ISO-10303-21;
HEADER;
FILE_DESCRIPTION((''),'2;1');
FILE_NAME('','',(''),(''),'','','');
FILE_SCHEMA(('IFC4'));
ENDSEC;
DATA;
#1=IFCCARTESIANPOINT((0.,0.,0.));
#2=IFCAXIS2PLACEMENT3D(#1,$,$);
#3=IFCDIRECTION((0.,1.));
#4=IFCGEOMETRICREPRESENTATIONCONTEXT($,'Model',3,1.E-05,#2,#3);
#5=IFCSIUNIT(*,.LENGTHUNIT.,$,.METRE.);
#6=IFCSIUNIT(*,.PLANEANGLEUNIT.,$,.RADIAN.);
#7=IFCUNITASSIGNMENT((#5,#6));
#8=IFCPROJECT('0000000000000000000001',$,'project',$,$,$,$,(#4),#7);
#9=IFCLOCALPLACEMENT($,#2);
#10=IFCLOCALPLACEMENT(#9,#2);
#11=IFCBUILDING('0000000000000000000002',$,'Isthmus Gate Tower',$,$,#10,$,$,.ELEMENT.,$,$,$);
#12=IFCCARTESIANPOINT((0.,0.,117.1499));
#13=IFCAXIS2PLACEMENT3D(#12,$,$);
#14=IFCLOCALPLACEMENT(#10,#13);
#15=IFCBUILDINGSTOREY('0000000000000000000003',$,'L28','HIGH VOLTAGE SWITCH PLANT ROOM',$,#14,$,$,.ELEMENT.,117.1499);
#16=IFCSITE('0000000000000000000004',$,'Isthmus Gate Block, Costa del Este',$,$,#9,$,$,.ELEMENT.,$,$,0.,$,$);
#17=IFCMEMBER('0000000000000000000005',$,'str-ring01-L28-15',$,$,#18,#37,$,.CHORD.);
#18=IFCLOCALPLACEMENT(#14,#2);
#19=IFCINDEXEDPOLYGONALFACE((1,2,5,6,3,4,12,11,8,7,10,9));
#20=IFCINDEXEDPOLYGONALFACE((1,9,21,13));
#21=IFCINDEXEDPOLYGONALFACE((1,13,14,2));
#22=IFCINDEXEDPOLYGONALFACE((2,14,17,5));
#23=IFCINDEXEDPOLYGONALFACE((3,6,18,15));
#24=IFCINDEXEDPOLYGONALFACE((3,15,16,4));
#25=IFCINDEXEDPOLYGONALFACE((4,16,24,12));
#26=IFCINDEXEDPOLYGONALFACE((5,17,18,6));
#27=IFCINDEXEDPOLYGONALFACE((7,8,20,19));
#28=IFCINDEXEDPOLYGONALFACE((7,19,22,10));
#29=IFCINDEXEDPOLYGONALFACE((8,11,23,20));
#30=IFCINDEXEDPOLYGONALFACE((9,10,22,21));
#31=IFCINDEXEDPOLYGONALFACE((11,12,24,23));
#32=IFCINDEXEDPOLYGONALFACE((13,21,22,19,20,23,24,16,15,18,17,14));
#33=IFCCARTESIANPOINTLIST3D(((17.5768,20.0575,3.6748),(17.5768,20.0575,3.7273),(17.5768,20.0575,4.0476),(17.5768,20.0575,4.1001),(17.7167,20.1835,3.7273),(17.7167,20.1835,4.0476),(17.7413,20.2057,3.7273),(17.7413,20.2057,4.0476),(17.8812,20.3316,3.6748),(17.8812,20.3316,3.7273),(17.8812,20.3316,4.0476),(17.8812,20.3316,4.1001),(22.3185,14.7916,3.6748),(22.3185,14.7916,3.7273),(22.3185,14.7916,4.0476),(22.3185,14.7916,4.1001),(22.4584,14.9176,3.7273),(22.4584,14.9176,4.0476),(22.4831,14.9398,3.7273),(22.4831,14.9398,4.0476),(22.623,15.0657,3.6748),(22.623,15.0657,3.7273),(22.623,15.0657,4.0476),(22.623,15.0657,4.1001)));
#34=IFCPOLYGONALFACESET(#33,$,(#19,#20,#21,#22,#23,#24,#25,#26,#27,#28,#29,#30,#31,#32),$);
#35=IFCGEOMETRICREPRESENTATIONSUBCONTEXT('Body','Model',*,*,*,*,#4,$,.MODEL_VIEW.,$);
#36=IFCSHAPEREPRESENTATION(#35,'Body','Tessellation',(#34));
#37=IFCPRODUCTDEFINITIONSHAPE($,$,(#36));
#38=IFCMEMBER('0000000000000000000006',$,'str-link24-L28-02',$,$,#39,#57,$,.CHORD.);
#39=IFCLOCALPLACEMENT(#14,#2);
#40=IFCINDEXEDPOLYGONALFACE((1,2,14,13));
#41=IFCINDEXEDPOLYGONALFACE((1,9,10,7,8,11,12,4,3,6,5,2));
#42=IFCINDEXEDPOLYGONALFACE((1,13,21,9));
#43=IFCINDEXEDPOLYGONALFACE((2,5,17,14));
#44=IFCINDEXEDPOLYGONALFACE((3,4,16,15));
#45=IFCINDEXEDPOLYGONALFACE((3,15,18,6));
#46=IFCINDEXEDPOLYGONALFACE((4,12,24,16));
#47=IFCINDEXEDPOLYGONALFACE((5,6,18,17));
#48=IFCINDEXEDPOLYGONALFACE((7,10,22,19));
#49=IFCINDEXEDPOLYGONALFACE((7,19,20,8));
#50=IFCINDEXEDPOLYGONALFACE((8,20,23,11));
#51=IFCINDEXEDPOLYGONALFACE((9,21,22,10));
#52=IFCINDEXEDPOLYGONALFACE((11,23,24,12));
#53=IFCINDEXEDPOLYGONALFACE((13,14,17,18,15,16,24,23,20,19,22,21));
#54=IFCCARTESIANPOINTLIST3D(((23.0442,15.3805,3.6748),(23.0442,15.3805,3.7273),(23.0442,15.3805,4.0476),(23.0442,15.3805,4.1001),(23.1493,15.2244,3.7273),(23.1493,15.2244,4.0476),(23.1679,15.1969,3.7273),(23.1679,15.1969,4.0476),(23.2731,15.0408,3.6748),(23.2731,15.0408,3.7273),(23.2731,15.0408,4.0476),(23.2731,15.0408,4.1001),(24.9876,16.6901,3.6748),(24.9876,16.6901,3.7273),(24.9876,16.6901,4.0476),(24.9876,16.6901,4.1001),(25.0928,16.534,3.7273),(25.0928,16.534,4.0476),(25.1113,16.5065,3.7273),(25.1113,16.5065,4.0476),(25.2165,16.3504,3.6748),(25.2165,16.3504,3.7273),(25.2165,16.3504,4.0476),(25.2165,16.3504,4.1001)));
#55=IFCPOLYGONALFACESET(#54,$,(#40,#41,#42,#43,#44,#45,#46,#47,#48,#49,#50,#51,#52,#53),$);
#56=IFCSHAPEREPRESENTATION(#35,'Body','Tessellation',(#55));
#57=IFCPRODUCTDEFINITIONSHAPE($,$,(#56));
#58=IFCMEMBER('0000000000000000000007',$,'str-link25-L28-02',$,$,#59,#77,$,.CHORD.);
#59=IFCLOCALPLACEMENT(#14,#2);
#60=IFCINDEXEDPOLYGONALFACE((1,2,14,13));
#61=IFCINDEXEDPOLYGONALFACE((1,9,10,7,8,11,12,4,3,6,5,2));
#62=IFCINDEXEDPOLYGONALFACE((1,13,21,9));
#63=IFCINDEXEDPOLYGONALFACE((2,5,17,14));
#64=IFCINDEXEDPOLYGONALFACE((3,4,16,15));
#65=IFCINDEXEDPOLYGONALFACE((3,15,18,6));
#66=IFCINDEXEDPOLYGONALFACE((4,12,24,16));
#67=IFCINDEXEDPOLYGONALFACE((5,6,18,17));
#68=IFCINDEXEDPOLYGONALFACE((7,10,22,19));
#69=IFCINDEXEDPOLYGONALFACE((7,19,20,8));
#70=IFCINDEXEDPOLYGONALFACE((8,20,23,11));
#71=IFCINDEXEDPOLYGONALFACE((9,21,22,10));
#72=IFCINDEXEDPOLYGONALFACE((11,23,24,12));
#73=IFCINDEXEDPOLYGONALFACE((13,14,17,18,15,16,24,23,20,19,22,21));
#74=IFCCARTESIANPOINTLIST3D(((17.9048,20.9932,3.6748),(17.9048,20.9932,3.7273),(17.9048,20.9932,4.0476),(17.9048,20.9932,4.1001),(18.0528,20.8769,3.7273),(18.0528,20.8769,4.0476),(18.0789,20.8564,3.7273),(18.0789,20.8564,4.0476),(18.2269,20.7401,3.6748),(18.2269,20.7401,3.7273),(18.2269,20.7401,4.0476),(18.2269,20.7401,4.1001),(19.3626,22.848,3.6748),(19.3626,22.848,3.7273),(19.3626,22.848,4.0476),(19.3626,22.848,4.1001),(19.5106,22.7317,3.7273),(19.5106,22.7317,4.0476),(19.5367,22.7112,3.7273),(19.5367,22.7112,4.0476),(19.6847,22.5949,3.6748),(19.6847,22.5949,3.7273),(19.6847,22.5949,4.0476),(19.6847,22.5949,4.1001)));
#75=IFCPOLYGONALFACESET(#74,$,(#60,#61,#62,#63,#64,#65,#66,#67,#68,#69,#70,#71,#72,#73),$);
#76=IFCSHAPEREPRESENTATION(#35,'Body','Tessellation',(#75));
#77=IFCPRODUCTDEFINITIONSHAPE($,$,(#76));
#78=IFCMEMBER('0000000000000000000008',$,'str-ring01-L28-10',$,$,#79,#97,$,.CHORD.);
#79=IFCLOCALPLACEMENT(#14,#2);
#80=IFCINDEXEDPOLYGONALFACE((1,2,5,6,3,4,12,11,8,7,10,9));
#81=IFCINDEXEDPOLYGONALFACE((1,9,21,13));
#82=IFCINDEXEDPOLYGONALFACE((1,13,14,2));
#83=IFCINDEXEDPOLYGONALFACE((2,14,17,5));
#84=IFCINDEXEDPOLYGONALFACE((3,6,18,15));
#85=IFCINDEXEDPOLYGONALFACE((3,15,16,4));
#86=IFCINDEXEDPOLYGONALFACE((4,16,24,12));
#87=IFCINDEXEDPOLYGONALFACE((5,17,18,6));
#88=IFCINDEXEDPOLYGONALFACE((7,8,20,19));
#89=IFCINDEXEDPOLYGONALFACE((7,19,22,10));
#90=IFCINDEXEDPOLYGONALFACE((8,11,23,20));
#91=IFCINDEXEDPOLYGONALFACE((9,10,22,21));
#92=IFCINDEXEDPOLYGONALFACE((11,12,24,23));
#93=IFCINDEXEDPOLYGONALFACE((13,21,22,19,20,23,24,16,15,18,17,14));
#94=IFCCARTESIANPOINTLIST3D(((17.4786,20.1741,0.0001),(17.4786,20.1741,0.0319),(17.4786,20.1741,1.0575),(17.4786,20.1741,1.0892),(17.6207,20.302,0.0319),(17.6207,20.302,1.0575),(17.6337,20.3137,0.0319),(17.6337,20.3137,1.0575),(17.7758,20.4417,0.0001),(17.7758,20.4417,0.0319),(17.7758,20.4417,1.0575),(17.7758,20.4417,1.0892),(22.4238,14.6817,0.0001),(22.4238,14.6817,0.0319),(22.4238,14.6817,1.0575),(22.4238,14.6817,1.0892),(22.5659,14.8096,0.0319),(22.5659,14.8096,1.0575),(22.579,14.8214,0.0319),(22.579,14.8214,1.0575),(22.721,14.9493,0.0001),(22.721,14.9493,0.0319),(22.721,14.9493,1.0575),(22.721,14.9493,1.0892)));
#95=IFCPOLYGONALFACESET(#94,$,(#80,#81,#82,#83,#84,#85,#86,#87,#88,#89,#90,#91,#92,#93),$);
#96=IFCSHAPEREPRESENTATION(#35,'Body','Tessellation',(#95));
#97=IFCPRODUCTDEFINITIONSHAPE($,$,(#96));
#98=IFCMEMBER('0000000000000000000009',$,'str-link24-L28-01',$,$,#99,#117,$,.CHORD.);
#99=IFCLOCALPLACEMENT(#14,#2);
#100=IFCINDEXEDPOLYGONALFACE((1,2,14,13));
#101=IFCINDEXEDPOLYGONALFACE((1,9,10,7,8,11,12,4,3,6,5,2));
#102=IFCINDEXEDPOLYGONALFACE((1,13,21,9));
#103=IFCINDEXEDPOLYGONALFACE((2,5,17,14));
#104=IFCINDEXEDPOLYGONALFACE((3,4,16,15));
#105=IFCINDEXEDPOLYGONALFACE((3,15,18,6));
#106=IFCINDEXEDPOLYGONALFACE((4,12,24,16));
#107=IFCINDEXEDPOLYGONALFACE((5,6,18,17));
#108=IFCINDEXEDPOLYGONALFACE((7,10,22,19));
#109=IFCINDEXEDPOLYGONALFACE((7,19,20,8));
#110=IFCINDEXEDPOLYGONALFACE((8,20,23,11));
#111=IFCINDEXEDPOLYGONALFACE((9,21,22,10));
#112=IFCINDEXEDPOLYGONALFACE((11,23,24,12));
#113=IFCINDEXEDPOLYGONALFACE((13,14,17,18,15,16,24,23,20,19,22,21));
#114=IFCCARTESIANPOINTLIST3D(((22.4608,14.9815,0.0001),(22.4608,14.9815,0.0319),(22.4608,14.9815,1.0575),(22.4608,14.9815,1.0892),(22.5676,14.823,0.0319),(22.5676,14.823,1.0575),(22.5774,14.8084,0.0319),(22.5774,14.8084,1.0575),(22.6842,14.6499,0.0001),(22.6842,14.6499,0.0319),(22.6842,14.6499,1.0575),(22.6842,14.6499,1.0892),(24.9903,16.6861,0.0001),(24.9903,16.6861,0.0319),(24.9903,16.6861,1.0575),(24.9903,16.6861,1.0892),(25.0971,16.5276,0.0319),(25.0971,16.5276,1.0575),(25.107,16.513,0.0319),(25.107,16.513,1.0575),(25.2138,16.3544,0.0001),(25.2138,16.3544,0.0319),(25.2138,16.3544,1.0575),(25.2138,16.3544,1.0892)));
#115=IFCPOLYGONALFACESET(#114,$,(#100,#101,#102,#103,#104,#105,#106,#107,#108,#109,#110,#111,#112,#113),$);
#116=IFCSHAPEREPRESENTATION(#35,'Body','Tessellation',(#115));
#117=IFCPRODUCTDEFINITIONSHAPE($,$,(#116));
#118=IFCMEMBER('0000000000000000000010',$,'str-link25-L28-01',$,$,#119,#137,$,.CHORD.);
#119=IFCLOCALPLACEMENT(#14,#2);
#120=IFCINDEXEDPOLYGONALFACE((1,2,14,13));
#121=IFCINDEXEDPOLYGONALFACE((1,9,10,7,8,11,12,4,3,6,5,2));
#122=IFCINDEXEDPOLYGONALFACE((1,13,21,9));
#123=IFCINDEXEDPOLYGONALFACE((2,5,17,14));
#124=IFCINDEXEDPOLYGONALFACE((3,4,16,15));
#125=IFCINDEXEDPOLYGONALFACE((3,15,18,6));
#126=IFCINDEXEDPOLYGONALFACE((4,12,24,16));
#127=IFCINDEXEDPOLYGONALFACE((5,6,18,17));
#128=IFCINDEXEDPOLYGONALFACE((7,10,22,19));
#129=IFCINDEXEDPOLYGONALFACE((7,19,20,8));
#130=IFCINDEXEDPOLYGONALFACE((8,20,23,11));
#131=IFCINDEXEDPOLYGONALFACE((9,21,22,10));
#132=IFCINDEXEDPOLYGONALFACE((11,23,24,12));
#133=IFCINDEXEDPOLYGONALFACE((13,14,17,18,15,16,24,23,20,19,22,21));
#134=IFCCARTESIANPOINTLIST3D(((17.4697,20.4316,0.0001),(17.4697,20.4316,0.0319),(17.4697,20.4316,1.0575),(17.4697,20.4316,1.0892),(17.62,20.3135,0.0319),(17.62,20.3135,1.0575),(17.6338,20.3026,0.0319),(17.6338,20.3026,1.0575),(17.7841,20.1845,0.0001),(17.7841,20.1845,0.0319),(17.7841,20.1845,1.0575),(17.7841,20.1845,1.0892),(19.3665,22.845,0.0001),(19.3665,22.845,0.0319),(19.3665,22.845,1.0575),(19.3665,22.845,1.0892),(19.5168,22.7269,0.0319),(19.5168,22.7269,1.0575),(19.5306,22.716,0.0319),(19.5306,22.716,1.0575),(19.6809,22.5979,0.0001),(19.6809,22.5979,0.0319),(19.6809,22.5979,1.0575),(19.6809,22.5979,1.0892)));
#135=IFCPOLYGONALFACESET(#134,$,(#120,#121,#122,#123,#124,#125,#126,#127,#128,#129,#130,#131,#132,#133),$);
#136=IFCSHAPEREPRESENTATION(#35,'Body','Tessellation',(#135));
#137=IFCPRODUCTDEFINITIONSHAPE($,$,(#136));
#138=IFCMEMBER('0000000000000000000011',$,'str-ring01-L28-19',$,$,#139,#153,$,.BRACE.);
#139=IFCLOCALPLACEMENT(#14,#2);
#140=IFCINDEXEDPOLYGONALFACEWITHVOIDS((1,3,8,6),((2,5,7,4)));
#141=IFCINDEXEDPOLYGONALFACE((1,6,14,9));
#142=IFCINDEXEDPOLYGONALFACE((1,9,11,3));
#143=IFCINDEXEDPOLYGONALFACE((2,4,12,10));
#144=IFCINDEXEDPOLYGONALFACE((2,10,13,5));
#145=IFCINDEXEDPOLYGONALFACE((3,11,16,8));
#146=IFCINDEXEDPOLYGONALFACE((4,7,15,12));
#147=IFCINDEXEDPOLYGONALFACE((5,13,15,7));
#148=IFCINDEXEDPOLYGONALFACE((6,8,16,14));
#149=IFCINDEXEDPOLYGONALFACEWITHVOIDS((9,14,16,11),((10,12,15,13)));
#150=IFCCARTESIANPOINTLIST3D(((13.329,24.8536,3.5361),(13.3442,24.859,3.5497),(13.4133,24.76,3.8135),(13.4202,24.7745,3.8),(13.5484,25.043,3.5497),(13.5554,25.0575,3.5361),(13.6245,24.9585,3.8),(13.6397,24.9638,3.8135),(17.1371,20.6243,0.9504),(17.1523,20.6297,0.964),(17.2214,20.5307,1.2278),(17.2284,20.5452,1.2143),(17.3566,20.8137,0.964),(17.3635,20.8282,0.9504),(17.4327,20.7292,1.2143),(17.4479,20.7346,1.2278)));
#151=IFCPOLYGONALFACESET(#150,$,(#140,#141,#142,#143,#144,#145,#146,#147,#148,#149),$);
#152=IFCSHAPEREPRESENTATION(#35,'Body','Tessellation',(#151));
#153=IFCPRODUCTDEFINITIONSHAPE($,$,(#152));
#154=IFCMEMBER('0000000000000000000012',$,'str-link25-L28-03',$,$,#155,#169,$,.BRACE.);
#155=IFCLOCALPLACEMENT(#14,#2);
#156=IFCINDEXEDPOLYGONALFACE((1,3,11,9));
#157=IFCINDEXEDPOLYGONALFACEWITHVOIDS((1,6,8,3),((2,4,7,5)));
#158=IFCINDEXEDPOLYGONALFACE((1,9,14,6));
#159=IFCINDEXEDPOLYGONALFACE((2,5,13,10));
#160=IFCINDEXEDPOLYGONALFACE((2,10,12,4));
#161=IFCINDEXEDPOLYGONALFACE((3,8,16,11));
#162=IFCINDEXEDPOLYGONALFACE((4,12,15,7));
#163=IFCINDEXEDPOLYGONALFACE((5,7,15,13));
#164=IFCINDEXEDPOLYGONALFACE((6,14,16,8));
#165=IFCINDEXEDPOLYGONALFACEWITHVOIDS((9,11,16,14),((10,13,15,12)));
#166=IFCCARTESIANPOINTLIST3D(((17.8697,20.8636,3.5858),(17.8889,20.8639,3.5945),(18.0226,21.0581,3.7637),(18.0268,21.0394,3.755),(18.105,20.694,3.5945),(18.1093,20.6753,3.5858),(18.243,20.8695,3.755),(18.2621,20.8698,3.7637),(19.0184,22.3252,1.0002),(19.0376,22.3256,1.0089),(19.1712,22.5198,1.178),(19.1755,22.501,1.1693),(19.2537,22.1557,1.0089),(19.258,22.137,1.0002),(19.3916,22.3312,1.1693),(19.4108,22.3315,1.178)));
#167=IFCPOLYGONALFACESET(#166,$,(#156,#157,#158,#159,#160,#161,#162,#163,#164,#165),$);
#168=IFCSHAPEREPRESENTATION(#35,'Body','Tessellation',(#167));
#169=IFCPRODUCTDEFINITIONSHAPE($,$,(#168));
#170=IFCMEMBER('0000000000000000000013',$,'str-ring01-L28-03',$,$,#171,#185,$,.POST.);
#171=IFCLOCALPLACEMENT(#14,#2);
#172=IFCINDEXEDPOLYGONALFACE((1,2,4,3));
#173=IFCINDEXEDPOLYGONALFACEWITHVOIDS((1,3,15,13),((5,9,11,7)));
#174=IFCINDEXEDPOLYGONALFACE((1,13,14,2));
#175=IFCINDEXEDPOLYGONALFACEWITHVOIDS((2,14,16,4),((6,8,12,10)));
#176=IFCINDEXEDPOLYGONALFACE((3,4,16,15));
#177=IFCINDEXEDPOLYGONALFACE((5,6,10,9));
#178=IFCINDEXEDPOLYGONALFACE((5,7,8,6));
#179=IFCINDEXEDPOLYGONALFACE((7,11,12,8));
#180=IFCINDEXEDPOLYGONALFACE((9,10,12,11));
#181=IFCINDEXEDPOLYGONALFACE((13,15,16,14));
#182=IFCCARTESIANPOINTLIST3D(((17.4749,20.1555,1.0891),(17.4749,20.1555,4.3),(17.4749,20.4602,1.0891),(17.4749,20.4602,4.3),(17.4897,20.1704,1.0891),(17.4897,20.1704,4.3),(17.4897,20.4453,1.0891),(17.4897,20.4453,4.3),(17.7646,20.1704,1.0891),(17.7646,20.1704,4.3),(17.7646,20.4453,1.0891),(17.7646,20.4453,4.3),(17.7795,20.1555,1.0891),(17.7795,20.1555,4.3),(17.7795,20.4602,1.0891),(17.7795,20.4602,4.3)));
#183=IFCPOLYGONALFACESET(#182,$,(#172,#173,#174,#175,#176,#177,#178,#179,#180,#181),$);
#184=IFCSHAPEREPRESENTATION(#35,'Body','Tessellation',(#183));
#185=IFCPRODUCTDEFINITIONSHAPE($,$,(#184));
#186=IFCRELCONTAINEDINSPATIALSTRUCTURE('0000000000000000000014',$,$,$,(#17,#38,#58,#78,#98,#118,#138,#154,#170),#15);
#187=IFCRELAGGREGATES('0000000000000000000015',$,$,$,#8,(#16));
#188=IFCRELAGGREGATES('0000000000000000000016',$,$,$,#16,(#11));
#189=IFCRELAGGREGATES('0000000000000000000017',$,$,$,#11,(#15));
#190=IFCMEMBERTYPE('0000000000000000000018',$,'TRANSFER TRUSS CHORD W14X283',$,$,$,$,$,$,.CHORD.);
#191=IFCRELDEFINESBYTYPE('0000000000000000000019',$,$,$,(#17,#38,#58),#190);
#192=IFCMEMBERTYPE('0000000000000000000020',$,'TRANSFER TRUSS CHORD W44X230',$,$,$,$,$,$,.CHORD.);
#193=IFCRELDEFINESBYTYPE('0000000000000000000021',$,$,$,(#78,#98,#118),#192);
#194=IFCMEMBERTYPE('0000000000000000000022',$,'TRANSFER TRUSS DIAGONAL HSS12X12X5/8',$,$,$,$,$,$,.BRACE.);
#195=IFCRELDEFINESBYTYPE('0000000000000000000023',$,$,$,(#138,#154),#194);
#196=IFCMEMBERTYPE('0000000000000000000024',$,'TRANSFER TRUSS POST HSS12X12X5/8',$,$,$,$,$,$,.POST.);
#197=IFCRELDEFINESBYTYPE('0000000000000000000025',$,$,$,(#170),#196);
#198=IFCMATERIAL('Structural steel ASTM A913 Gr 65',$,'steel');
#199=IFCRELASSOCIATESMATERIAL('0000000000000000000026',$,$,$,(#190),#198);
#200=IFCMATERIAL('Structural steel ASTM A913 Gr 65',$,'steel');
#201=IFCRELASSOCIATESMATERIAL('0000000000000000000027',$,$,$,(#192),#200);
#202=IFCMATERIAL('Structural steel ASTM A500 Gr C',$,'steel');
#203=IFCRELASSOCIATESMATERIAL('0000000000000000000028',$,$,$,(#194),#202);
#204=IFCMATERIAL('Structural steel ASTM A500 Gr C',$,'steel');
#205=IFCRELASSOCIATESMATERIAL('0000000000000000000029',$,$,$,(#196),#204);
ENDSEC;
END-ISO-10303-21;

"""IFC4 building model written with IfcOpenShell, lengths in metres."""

from ifc_helpers import new_model, si_unit, direction, frame, origin, origin_2d, place, context, subcontext, project, spatial, hollow_rectangle, i_section, extrude, material, material_profile, profile_set, type_object, element, save


model = new_model("IFC4")

# Units and contexts
model_context = context("Model", 3, precision=1e-05, world=origin(), true_north=direction((0.0, 1.0)))
body_context = subcontext(model_context, "Body", "Model", "MODEL_VIEW")
ifc_project = project(units=[si_unit("LENGTHUNIT", "METRE"), si_unit("PLANEANGLEUNIT", "RADIAN")], contexts=[model_context])

# Site, building, storey
site_placement = place(None, origin())
site = spatial("IfcSite", under=ifc_project, at=site_placement, Name="Isthmus Gate Block, Costa del Este", CompositionType="ELEMENT", RefElevation=0.0)
building_placement = place(site_placement, origin())
building = spatial("IfcBuilding", under=site, at=building_placement, Name="Isthmus Gate Tower", CompositionType="ELEMENT")
storey_placement = place(building_placement, frame((0.0, 0.0, 117.1499)))
storey = spatial("IfcBuildingStorey", under=building, at=storey_placement, Name="L28", Description="HIGH VOLTAGE SWITCH PLANT ROOM", CompositionType="ELEMENT", Elevation=117.1499)

# Members
ifc_material_1 = material(Name="Structural steel ASTM A913 Gr 65", Category="steel")
ifc_material_profile_1 = material_profile(ifc_material_1, i_section(OverallWidth=0.4097, OverallDepth=0.4253, WebThickness=0.0332, FlangeThickness=0.0525, at=origin_2d()), Name="W14X283")
ifc_profile_set_1 = profile_set([ifc_material_profile_1], Name="Structural steel ASTM A913 Gr 65")
member_type_1 = type_object("IfcMemberType", Name="TRANSFER TRUSS CHORD W14X283", PredefinedType="CHORD", material=ifc_profile_set_1)
member_1_placement = place(storey_placement, frame((17.729, 20.1946, 3.8875), z_axis=(0.669153, -0.743125, 0.0), x_axis=(0.743125, 0.669153, 0.0)))
element("IfcMember", 1, at=member_1_placement, inside=storey, type_object=member_type_1, Name="str-ring01-L28-15", PredefinedType="CHORD", context=body_context, shape_type="SweptSolid", body=[
    extrude(i_section(OverallWidth=0.4097, OverallDepth=0.4253, WebThickness=0.0332, FlangeThickness=0.0525, at=origin_2d()), origin(), (0.0, 0.0, 1.0), 7.0862),
])
member_2_placement = place(storey_placement, frame((25.1021, 16.5203, 3.8875), z_axis=(-0.829283, -0.558829, 0.0), x_axis=(0.558829, -0.829283, 0.0)))
element("IfcMember", 2, at=member_2_placement, inside=storey, type_object=member_type_1, Name="str-link24-L28-02", PredefinedType="CHORD", context=body_context, shape_type="SweptSolid", body=[
    extrude(i_section(OverallWidth=0.4097, OverallDepth=0.4253, WebThickness=0.0332, FlangeThickness=0.0525, at=origin_2d()), origin(), (0.0, 0.0, 1.0), 2.3435),
])
member_3_placement = place(storey_placement, frame((19.5237, 22.7214, 3.8875), z_axis=(-0.617945, -0.786221, 0.0), x_axis=(0.786221, -0.617945, 0.0)))
element("IfcMember", 3, at=member_3_placement, inside=storey, type_object=member_type_1, Name="str-link25-L28-02", PredefinedType="CHORD", context=body_context, shape_type="SweptSolid", body=[
    extrude(i_section(OverallWidth=0.4097, OverallDepth=0.4253, WebThickness=0.0332, FlangeThickness=0.0525, at=origin_2d()), origin(), (0.0, 0.0, 1.0), 2.3591),
])
ifc_material_2 = material(Name="Structural steel ASTM A913 Gr 65", Category="steel")
ifc_material_profile_2 = material_profile(ifc_material_2, i_section(OverallWidth=0.3999, OverallDepth=1.0891, WebThickness=0.0176, FlangeThickness=0.0317, at=origin_2d()), Name="W44X230")
ifc_profile_set_2 = profile_set([ifc_material_profile_2], Name="Structural steel ASTM A913 Gr 65")
member_type_2 = type_object("IfcMemberType", Name="TRANSFER TRUSS CHORD W44X230", PredefinedType="CHORD", material=ifc_profile_set_2)
member_4_placement = place(storey_placement, frame((17.6272, 20.3079, 0.5447), z_axis=(0.669123, -0.743151, 0.0), x_axis=(0.743151, 0.669123, 0.0)))
element("IfcMember", 4, at=member_4_placement, inside=storey, type_object=member_type_2, Name="str-ring01-L28-10", PredefinedType="CHORD", context=body_context, shape_type="SweptSolid", body=[
    extrude(i_section(OverallWidth=0.3999, OverallDepth=1.0891, WebThickness=0.0176, FlangeThickness=0.0317, at=origin_2d()), origin(), (0.0, 0.0, 1.0), 7.3906),
])
member_5_placement = place(storey_placement, frame((25.1021, 16.5203, 0.5447), z_axis=(-0.829282, -0.558831, 0.0), x_axis=(0.558831, -0.829282, 0.0)))
element("IfcMember", 5, at=member_5_placement, inside=storey, type_object=member_type_2, Name="str-link24-L28-01", PredefinedType="CHORD", context=body_context, shape_type="SweptSolid", body=[
    extrude(i_section(OverallWidth=0.3999, OverallDepth=1.0891, WebThickness=0.0176, FlangeThickness=0.0317, at=origin_2d()), origin(), (0.0, 0.0, 1.0), 3.0503),
])
member_6_placement = place(storey_placement, frame((19.5237, 22.7214, 0.5447), z_axis=(-0.61793, -0.786233, 0.0), x_axis=(0.786233, -0.61793, 0.0)))
element("IfcMember", 6, at=member_6_placement, inside=storey, type_object=member_type_2, Name="str-link25-L28-01", PredefinedType="CHORD", context=body_context, shape_type="SweptSolid", body=[
    extrude(i_section(OverallWidth=0.3999, OverallDepth=1.0891, WebThickness=0.0176, FlangeThickness=0.0317, at=origin_2d()), origin(), (0.0, 0.0, 1.0), 3.0696),
])
ifc_material_3 = material(Name="Structural steel ASTM A500 Gr C", Category="steel")
ifc_material_profile_3 = material_profile(ifc_material_3, hollow_rectangle(XDim=0.3047, YDim=0.3047, WallThickness=0.0149, at=origin_2d()), Name="HSS12X12X5/8")
ifc_profile_set_3 = profile_set([ifc_material_profile_3], Name="Structural steel ASTM A500 Gr C")
member_type_3 = type_object("IfcMemberType", Name="TRANSFER TRUSS DIAGONAL HSS12X12X5/8", PredefinedType="BRACE", material=ifc_profile_set_3)
member_7_placement = place(storey_placement, frame((17.2925, 20.6794, 1.0891), z_axis=(-0.609207, 0.67658, 0.41365), x_axis=(-0.743138, -0.669138, 0.0)))
element("IfcMember", 7, at=member_7_placement, inside=storey, type_object=member_type_3, Name="str-ring01-L28-19", PredefinedType="BRACE", context=body_context, shape_type="SweptSolid", body=[
    extrude(hollow_rectangle(XDim=0.3047, YDim=0.3047, WallThickness=0.0149, at=origin_2d()), origin(), (0.0, 0.0, 1.0), 6.251),
])
member_8_placement = place(storey_placement, frame((19.2146, 22.3284, 1.0891), z_axis=(-0.360697, -0.458979, 0.811933), x_axis=(0.786259, -0.617897, 0.0)))
element("IfcMember", 8, at=member_8_placement, inside=storey, type_object=member_type_3, Name="str-link25-L28-03", PredefinedType="BRACE", context=body_context, shape_type="SweptSolid", body=[
    extrude(hollow_rectangle(XDim=0.3047, YDim=0.3047, WallThickness=0.0149, at=origin_2d()), origin(), (0.0, 0.0, 1.0), 3.1846),
])
ifc_material_4 = material(Name="Structural steel ASTM A500 Gr C", Category="steel")
ifc_material_profile_4 = material_profile(ifc_material_4, hollow_rectangle(XDim=0.3047, YDim=0.3047, WallThickness=0.0149, at=origin_2d()), Name="HSS12X12X5/8")
ifc_profile_set_4 = profile_set([ifc_material_profile_4], Name="Structural steel ASTM A500 Gr C")
member_type_4 = type_object("IfcMemberType", Name="TRANSFER TRUSS POST HSS12X12X5/8", PredefinedType="POST", material=ifc_profile_set_4)
member_9_placement = place(storey_placement, frame((17.6272, 20.3079, 1.0891), z_axis=(0.0, 0.0, 1.0), x_axis=(1.0, 0.0, 0.0)))
element("IfcMember", 9, at=member_9_placement, inside=storey, type_object=member_type_4, Name="str-ring01-L28-03", PredefinedType="POST", context=body_context, shape_type="SweptSolid", body=[
    extrude(hollow_rectangle(XDim=0.3047, YDim=0.3047, WallThickness=0.0149, at=origin_2d()), origin(), (0.0, 0.0, 1.0), 3.2109),
])

save(model, "model.ifc")
